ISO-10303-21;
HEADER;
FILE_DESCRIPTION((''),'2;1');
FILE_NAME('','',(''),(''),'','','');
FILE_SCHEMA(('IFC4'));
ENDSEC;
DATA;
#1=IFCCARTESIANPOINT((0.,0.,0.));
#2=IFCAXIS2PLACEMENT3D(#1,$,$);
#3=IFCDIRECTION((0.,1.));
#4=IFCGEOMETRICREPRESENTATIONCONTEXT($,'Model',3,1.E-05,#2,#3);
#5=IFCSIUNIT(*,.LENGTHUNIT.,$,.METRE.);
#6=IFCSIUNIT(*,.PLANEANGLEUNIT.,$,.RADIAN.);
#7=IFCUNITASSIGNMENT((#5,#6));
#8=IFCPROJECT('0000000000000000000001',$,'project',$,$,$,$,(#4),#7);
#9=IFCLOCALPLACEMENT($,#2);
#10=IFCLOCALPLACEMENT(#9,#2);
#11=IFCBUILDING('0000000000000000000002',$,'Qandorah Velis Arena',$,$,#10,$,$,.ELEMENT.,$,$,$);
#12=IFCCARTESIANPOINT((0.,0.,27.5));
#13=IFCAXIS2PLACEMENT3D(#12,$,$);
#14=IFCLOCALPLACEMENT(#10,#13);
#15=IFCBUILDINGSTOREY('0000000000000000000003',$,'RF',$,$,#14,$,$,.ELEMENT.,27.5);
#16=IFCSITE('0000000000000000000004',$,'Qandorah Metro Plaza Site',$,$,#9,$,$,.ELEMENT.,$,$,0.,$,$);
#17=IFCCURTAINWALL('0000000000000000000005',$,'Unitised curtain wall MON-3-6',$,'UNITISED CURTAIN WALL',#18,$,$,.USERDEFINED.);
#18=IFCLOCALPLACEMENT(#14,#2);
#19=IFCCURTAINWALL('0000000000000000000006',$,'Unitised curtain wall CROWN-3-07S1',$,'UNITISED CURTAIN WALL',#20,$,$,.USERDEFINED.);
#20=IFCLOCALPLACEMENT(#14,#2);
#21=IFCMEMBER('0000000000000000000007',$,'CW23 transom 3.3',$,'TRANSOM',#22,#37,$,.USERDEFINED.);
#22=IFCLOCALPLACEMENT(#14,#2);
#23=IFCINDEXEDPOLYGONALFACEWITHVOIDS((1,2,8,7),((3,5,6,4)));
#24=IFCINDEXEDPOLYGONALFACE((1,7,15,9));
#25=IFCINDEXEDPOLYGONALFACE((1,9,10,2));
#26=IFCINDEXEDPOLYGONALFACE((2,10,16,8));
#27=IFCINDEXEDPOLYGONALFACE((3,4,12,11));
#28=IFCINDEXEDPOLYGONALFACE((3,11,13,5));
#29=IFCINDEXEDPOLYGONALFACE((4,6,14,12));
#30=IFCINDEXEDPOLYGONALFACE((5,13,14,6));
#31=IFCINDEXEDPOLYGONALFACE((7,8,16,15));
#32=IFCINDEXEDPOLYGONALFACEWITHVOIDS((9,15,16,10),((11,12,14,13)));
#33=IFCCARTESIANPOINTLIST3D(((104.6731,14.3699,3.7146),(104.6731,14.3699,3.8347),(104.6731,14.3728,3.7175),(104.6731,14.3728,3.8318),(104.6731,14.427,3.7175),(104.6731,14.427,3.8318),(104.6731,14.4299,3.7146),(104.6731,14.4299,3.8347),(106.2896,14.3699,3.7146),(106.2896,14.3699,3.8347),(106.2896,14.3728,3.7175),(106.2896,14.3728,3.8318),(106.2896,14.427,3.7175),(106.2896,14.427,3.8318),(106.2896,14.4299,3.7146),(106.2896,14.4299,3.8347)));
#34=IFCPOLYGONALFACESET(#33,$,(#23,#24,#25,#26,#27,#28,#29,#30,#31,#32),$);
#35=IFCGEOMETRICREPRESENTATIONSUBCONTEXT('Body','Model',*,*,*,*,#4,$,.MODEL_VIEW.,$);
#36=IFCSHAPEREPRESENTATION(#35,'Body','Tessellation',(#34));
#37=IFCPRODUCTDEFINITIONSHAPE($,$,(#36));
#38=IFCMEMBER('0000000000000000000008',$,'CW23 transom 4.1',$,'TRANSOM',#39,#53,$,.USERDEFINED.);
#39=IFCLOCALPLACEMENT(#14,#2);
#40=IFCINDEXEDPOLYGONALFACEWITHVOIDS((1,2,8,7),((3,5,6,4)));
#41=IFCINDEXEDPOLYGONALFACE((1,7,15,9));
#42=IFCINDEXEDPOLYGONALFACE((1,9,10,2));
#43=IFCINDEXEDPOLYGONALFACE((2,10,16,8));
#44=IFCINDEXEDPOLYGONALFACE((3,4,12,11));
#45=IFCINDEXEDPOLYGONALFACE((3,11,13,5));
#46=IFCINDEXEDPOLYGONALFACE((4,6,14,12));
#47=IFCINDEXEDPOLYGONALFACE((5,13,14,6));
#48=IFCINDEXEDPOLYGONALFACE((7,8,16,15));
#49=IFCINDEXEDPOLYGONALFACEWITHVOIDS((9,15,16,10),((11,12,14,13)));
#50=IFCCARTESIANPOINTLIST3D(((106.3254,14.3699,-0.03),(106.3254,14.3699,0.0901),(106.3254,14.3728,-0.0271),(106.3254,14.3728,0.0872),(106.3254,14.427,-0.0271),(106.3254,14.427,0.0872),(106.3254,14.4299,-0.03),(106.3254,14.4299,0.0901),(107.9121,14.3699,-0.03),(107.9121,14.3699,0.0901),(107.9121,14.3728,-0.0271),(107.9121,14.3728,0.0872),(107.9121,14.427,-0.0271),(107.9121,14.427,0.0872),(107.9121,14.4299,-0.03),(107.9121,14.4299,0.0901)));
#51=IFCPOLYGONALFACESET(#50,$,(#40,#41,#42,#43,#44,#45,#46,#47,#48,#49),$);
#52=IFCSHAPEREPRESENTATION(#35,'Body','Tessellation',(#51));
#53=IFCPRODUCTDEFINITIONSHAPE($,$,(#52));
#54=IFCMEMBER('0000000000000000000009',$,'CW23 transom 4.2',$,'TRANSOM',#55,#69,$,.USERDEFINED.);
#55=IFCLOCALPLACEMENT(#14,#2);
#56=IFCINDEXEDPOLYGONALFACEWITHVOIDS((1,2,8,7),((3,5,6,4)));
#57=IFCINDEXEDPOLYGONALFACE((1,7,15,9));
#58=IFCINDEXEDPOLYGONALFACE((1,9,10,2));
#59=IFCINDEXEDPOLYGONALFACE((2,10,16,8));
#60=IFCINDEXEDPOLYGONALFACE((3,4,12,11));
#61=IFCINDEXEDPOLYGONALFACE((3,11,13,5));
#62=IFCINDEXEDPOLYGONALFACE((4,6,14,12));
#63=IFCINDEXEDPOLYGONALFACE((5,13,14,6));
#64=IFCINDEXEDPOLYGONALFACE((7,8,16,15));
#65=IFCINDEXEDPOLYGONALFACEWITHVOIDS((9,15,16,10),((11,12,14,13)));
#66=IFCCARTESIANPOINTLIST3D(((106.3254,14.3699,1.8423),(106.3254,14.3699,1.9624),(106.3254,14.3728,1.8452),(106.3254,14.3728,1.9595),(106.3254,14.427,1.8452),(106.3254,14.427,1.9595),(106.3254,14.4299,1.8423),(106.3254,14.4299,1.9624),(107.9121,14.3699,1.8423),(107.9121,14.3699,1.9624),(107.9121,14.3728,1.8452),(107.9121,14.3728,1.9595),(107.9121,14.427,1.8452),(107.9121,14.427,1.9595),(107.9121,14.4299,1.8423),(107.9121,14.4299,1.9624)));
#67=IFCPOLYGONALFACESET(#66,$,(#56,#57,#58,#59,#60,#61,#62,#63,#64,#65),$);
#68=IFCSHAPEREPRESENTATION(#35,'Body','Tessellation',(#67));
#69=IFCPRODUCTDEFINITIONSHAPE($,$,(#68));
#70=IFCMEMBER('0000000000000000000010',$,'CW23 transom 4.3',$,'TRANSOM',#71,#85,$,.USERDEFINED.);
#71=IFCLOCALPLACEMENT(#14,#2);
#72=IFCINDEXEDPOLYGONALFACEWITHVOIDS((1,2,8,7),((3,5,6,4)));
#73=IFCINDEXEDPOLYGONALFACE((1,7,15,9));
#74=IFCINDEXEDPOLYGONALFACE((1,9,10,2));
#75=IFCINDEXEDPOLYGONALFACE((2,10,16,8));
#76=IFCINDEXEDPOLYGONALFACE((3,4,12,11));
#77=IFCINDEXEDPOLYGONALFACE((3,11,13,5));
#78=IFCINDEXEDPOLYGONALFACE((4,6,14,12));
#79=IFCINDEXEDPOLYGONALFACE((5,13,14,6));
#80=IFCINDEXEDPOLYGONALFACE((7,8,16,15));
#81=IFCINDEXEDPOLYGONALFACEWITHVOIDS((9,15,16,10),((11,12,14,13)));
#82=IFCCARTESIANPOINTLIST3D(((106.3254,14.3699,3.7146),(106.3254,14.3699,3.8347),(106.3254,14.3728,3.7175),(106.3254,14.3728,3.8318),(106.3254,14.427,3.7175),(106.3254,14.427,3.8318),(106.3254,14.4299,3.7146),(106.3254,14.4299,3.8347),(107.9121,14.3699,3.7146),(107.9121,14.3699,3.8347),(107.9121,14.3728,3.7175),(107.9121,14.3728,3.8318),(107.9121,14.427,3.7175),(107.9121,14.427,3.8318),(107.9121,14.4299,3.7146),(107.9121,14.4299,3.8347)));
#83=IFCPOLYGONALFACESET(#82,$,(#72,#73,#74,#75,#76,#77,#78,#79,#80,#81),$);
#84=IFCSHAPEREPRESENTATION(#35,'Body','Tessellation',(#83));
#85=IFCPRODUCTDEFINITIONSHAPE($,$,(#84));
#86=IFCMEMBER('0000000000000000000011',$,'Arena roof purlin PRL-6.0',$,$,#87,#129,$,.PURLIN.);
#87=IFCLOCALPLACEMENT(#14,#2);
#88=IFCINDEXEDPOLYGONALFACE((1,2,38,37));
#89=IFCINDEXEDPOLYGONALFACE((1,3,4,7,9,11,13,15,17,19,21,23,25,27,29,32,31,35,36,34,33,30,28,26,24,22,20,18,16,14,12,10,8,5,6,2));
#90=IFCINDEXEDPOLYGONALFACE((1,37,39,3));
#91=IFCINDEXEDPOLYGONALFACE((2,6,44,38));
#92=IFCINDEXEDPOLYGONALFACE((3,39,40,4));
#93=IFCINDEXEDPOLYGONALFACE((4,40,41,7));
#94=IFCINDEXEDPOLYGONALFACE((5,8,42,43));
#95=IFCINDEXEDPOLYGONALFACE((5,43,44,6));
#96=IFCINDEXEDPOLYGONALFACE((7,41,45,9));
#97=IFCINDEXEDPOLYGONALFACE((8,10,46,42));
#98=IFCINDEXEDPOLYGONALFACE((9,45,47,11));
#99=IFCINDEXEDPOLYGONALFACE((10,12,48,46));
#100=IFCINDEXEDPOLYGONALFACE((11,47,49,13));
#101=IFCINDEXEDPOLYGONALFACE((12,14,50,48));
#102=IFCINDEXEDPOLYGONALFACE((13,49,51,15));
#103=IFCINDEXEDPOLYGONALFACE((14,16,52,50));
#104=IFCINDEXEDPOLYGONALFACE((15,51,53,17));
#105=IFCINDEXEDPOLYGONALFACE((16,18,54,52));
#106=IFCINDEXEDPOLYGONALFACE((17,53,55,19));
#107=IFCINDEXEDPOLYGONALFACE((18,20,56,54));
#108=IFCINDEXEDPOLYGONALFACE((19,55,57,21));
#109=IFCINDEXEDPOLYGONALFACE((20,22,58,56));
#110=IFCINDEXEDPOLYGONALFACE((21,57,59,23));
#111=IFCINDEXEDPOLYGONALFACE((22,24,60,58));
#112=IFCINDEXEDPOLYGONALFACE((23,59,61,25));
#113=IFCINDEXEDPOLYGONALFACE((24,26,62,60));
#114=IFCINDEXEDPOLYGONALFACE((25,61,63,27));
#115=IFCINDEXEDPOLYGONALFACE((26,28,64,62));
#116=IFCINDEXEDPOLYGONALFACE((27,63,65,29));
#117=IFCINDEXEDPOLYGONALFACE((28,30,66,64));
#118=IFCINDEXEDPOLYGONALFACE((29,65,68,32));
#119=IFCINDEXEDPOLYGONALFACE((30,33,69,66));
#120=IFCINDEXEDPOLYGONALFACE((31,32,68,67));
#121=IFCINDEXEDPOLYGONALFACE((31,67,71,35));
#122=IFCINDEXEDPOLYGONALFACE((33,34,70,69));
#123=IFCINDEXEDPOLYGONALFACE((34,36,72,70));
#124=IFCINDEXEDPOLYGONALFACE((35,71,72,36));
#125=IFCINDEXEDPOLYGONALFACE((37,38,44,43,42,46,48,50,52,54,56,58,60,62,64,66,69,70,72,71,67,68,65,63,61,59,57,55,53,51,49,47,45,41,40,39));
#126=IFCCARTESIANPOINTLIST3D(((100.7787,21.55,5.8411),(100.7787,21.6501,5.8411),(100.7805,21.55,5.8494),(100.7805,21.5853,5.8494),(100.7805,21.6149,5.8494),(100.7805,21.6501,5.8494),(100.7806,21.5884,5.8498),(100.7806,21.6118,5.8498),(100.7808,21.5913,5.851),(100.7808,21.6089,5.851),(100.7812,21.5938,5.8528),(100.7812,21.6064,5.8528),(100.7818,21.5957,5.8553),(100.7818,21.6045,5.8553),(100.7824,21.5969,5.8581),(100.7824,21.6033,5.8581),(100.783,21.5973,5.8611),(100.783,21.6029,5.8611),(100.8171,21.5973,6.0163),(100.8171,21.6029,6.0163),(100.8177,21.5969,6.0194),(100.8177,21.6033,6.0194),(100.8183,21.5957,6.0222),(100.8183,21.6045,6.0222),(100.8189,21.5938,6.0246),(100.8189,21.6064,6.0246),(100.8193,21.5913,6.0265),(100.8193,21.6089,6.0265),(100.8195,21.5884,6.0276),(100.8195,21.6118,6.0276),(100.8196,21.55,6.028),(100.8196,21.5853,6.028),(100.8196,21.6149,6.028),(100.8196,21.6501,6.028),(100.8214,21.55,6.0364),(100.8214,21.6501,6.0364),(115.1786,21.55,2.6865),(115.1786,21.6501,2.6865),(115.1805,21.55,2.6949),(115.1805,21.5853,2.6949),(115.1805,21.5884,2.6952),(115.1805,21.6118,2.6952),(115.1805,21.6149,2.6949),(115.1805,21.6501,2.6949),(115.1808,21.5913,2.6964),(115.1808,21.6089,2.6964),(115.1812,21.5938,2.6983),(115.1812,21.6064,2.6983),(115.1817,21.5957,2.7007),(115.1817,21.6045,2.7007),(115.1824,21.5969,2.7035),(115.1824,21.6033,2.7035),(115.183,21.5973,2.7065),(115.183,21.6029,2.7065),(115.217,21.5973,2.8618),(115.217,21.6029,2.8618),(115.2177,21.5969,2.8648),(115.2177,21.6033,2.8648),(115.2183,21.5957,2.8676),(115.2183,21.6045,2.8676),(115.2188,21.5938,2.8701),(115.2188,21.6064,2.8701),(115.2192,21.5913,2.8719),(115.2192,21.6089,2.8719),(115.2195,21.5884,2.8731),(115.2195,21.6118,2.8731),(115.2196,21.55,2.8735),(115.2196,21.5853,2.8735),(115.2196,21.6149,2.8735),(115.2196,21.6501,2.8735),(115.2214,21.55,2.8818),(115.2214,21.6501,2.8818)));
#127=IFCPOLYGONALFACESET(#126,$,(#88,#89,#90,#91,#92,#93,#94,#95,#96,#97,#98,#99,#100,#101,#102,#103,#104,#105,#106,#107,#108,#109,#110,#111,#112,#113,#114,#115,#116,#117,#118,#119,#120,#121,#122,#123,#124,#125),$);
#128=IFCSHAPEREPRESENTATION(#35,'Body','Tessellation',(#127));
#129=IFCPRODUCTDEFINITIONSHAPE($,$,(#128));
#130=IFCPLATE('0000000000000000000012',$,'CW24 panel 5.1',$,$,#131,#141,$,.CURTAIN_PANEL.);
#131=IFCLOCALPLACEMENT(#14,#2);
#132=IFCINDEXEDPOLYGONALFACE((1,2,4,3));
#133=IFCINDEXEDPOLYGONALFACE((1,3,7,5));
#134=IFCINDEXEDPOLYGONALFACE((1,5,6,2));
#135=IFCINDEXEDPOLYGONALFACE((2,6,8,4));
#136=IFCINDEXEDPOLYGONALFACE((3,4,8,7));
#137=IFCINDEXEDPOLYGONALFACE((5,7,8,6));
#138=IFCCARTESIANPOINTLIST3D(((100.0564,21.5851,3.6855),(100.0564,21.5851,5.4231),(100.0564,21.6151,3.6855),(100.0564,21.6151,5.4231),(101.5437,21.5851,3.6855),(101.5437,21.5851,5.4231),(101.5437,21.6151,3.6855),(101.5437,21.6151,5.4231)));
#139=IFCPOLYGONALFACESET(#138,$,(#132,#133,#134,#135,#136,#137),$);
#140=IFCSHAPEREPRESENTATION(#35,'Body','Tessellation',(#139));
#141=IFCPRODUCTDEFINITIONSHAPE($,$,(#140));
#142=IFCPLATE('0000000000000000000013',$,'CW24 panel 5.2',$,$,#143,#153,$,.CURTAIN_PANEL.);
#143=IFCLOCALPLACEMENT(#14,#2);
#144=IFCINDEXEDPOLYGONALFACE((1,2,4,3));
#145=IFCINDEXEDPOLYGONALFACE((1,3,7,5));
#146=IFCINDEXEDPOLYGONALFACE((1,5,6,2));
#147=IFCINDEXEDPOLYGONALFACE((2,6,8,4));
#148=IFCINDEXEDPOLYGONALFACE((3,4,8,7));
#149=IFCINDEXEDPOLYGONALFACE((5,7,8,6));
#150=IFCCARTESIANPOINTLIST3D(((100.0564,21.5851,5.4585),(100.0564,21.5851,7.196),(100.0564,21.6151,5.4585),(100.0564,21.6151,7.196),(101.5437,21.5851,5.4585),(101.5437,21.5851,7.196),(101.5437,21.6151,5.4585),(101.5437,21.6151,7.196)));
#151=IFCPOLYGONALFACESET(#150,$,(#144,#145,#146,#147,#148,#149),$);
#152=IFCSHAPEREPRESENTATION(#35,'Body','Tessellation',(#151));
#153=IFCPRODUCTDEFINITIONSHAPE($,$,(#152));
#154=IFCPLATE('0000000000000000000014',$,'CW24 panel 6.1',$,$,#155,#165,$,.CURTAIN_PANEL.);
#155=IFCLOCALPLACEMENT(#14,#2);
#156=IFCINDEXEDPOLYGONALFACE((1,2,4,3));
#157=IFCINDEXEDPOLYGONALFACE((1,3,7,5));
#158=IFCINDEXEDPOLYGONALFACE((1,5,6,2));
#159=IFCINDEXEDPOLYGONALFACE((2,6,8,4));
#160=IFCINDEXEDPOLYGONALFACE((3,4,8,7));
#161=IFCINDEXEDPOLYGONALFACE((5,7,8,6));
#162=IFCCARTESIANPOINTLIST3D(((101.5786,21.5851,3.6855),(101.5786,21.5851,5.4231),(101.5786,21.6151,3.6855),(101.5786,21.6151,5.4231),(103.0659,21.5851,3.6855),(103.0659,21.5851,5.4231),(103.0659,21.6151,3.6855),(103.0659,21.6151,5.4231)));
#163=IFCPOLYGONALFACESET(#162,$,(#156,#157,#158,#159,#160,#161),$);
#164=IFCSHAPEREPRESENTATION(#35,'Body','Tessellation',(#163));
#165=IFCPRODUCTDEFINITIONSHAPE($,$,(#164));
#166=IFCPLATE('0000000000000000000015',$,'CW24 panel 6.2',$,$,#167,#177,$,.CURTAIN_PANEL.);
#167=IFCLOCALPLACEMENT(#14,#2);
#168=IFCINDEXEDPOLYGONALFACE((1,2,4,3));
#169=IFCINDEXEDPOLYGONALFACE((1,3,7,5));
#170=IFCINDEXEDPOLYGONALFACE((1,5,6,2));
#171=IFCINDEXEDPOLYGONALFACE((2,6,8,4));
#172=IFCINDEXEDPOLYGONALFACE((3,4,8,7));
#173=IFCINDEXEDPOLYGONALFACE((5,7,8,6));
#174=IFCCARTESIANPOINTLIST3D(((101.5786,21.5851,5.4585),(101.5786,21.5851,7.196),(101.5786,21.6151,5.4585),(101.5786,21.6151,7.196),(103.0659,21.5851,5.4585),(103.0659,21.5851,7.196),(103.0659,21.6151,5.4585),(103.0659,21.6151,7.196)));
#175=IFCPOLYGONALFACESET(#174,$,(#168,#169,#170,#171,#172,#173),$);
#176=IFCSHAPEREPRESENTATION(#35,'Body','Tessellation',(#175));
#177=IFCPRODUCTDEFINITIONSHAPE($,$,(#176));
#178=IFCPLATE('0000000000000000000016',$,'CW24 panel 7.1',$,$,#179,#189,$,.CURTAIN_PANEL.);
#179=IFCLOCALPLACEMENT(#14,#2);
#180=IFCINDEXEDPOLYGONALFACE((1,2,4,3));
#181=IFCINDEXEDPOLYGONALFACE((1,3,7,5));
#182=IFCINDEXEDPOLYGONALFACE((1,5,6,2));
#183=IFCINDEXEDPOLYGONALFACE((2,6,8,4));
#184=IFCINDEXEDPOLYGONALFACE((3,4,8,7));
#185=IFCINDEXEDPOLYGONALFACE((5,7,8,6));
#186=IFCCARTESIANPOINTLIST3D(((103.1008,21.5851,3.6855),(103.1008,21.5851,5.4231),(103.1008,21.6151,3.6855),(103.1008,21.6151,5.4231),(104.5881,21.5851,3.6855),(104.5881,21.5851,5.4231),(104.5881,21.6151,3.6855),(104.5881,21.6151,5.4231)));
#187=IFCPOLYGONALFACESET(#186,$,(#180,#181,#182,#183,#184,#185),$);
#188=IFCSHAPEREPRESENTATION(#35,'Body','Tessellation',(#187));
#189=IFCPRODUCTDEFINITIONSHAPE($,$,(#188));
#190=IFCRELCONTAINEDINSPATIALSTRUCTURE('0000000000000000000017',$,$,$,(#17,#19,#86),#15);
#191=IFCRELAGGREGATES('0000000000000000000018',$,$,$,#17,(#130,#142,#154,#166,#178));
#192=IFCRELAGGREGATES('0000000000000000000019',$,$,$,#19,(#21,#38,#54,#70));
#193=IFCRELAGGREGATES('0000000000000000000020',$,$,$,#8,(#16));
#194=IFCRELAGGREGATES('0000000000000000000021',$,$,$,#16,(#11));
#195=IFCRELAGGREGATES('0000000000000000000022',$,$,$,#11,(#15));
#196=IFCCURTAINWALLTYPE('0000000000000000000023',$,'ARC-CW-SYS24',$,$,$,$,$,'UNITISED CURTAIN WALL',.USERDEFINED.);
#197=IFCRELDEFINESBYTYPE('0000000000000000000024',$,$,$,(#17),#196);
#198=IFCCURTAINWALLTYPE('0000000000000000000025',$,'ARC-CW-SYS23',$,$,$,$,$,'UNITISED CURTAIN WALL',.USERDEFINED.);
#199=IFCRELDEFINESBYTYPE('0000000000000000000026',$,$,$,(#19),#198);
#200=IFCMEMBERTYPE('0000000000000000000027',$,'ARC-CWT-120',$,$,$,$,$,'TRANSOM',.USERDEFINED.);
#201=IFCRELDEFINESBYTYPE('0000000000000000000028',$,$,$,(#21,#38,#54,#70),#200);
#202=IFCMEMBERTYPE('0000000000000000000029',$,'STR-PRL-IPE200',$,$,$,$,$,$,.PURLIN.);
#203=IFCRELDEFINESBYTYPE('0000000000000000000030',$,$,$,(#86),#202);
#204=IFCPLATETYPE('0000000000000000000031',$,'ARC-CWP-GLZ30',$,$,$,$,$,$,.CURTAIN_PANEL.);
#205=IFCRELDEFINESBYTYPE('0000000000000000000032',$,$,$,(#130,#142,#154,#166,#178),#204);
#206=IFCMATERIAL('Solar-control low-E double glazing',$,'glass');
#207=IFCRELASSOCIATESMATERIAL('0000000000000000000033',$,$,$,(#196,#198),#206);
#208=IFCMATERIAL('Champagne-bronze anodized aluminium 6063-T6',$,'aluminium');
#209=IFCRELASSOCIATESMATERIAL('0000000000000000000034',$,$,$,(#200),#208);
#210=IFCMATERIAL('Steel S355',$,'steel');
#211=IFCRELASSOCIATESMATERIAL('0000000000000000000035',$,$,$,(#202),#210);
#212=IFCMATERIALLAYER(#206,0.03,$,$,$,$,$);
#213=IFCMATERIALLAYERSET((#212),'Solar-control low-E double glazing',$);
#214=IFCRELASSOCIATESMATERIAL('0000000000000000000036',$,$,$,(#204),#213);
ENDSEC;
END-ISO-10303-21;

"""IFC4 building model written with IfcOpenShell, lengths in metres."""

from ifc_helpers import new_model, si_unit, direction, frame, origin, origin_2d, place, context, subcontext, project, spatial, rectangle, hollow_rectangle, i_section, extrude, material, layer, layer_set, material_profile, profile_set, type_object, element, aggregate, save


model = new_model("IFC4")

# Units and contexts
model_context = context("Model", 3, precision=1e-05, world=origin(), true_north=direction((0.0, 1.0)))
body_context = subcontext(model_context, "Body", "Model", "MODEL_VIEW")
ifc_project = project(units=[si_unit("LENGTHUNIT", "METRE"), si_unit("PLANEANGLEUNIT", "RADIAN")], contexts=[model_context])

# Site, building, storey
site_placement = place(None, origin())
site = spatial("IfcSite", under=ifc_project, at=site_placement, Name="Qandorah Metro Plaza Site", CompositionType="ELEMENT", RefElevation=0.0)
building_placement = place(site_placement, origin())
building = spatial("IfcBuilding", under=site, at=building_placement, Name="Qandorah Velis Arena", CompositionType="ELEMENT")
storey_placement = place(building_placement, frame((0.0, 0.0, 27.5)))
storey = spatial("IfcBuildingStorey", under=building, at=storey_placement, Name="RF", CompositionType="ELEMENT", Elevation=27.5)

# Curtain walls
ifc_material_1 = material(Name="Solar-control low-E double glazing", Category="glass")
curtain_wall_type_1 = type_object("IfcCurtainWallType", Name="ARC-CW-SYS24", ElementType="UNITISED CURTAIN WALL", PredefinedType="USERDEFINED", material=ifc_material_1)
curtain_wall_1_placement = place(storey_placement, origin())
curtain_wall_1 = element("IfcCurtainWall", 1, at=curtain_wall_1_placement, inside=storey, type_object=curtain_wall_type_1, Name="Unitised curtain wall MON-3-6", ObjectType="UNITISED CURTAIN WALL", PredefinedType="USERDEFINED")
ifc_material_2 = material(Name="Champagne-bronze anodized aluminium 6063-T6", Category="aluminium")
curtain_wall_type_2 = type_object("IfcCurtainWallType", Name="ARC-CW-SYS23", ElementType="UNITISED CURTAIN WALL", PredefinedType="USERDEFINED", material=ifc_material_1)
curtain_wall_2_placement = place(storey_placement, origin())
curtain_wall_2 = element("IfcCurtainWall", 2, at=curtain_wall_2_placement, inside=storey, type_object=curtain_wall_type_2, Name="Unitised curtain wall CROWN-3-07S1", ObjectType="UNITISED CURTAIN WALL", PredefinedType="USERDEFINED")

# Members
ifc_material_profile_1 = material_profile(ifc_material_2, hollow_rectangle(XDim=0.0601, YDim=0.1201, WallThickness=0.0029, at=origin_2d()), Name="ALU TRANSOM 60x120")
ifc_profile_set_1 = profile_set([ifc_material_profile_1], Name="Champagne-bronze anodized aluminium 6063-T6")
member_type_1 = type_object("IfcMemberType", Name="ARC-CWT-120", ElementType="TRANSOM", PredefinedType="USERDEFINED", material=ifc_profile_set_1)
member_1_placement = place(storey_placement, frame((104.6731, 14.3999, 3.7747), z_axis=(1.0, 0.0, 0.0), x_axis=(0.0, 1.0, 0.0)))
member_1 = element("IfcMember", 3, at=member_1_placement, type_object=member_type_1, Name="CW23 transom 3.3", ObjectType="TRANSOM", PredefinedType="USERDEFINED", context=body_context, shape_type="SweptSolid", body=[
    extrude(hollow_rectangle(XDim=0.0601, YDim=0.1201, WallThickness=0.0029, at=origin_2d()), origin(), (0.0, 0.0, 1.0), 1.6165),
])
member_2_placement = place(storey_placement, frame((106.3254, 14.3999, 0.03), z_axis=(1.0, 0.0, 0.0), x_axis=(0.0, 1.0, 0.0)))
member_2 = element("IfcMember", 4, at=member_2_placement, type_object=member_type_1, Name="CW23 transom 4.1", ObjectType="TRANSOM", PredefinedType="USERDEFINED", context=body_context, shape_type="SweptSolid", body=[
    extrude(hollow_rectangle(XDim=0.0601, YDim=0.1201, WallThickness=0.0029, at=origin_2d()), origin(), (0.0, 0.0, 1.0), 1.5867),
])
member_3_placement = place(storey_placement, frame((106.3254, 14.3999, 1.9023), z_axis=(1.0, 0.0, 0.0), x_axis=(0.0, 1.0, 0.0)))
member_3 = element("IfcMember", 5, at=member_3_placement, type_object=member_type_1, Name="CW23 transom 4.2", ObjectType="TRANSOM", PredefinedType="USERDEFINED", context=body_context, shape_type="SweptSolid", body=[
    extrude(hollow_rectangle(XDim=0.0601, YDim=0.1201, WallThickness=0.0029, at=origin_2d()), origin(), (0.0, 0.0, 1.0), 1.5867),
])
member_4_placement = place(storey_placement, frame((106.3254, 14.3999, 3.7747), z_axis=(1.0, 0.0, 0.0), x_axis=(0.0, 1.0, 0.0)))
member_4 = element("IfcMember", 6, at=member_4_placement, type_object=member_type_1, Name="CW23 transom 4.3", ObjectType="TRANSOM", PredefinedType="USERDEFINED", context=body_context, shape_type="SweptSolid", body=[
    extrude(hollow_rectangle(XDim=0.0601, YDim=0.1201, WallThickness=0.0029, at=origin_2d()), origin(), (0.0, 0.0, 1.0), 1.5867),
])
ifc_material_3 = material(Name="Steel S355", Category="steel")
ifc_material_profile_2 = material_profile(ifc_material_3, i_section(OverallWidth=0.1001, OverallDepth=0.2, WebThickness=0.0056, FlangeThickness=0.0085, FilletRadius=0.012, at=origin_2d()), Name="IPE 200")
ifc_profile_set_2 = profile_set([ifc_material_profile_2], Name="Steel S355")
member_type_2 = type_object("IfcMemberType", Name="STR-PRL-IPE200", PredefinedType="PURLIN", material=ifc_profile_set_2)
member_5_placement = place(storey_placement, frame((100.8, 21.6001, 5.9387), z_axis=(0.976835, 0.0, -0.213992), x_axis=(0.0, 1.0, 0.0)))
element("IfcMember", 7, at=member_5_placement, inside=storey, type_object=member_type_2, Name="Arena roof purlin PRL-6.0", PredefinedType="PURLIN", context=body_context, shape_type="SweptSolid", body=[
    extrude(i_section(OverallWidth=0.1001, OverallDepth=0.2, WebThickness=0.0056, FlangeThickness=0.0085, FilletRadius=0.012, at=origin_2d()), origin(), (0.0, 0.0, 1.0), 14.7415),
])

# Plates
ifc_layer_1 = layer(ifc_material_1, 0.03)
ifc_layer_set_1 = layer_set([ifc_layer_1], Name="Solar-control low-E double glazing")
plate_type_1 = type_object("IfcPlateType", Name="ARC-CWP-GLZ30", PredefinedType="CURTAIN_PANEL", material=ifc_layer_set_1)
plate_1_placement = place(storey_placement, frame((100.8, 21.6001, 3.6855), z_axis=(0.0, 0.0, 1.0), x_axis=(1.0, 0.0, 0.0)))
plate_1 = element("IfcPlate", 8, at=plate_1_placement, type_object=plate_type_1, Name="CW24 panel 5.1", PredefinedType="CURTAIN_PANEL", context=body_context, shape_type="SweptSolid", body=[
    extrude(rectangle(XDim=1.4873, YDim=0.03, at=origin_2d()), origin(), (0.0, 0.0, 1.0), 1.7375),
])
plate_2_placement = place(storey_placement, frame((100.8, 21.6001, 5.4585), z_axis=(0.0, 0.0, 1.0), x_axis=(1.0, 0.0, 0.0)))
plate_2 = element("IfcPlate", 9, at=plate_2_placement, type_object=plate_type_1, Name="CW24 panel 5.2", PredefinedType="CURTAIN_PANEL", context=body_context, shape_type="SweptSolid", body=[
    extrude(rectangle(XDim=1.4873, YDim=0.03, at=origin_2d()), origin(), (0.0, 0.0, 1.0), 1.7375),
])
plate_3_placement = place(storey_placement, frame((102.3223, 21.6001, 3.6855), z_axis=(0.0, 0.0, 1.0), x_axis=(1.0, 0.0, 0.0)))
plate_3 = element("IfcPlate", 10, at=plate_3_placement, type_object=plate_type_1, Name="CW24 panel 6.1", PredefinedType="CURTAIN_PANEL", context=body_context, shape_type="SweptSolid", body=[
    extrude(rectangle(XDim=1.4873, YDim=0.03, at=origin_2d()), origin(), (0.0, 0.0, 1.0), 1.7375),
])
plate_4_placement = place(storey_placement, frame((102.3223, 21.6001, 5.4585), z_axis=(0.0, 0.0, 1.0), x_axis=(1.0, 0.0, 0.0)))
plate_4 = element("IfcPlate", 11, at=plate_4_placement, type_object=plate_type_1, Name="CW24 panel 6.2", PredefinedType="CURTAIN_PANEL", context=body_context, shape_type="SweptSolid", body=[
    extrude(rectangle(XDim=1.4873, YDim=0.03, at=origin_2d()), origin(), (0.0, 0.0, 1.0), 1.7375),
])
plate_5_placement = place(storey_placement, frame((103.8445, 21.6001, 3.6855), z_axis=(0.0, 0.0, 1.0), x_axis=(1.0, 0.0, 0.0)))
plate_5 = element("IfcPlate", 12, at=plate_5_placement, type_object=plate_type_1, Name="CW24 panel 7.1", PredefinedType="CURTAIN_PANEL", context=body_context, shape_type="SweptSolid", body=[
    extrude(rectangle(XDim=1.4873, YDim=0.03, at=origin_2d()), origin(), (0.0, 0.0, 1.0), 1.7375),
])
aggregate(curtain_wall_1, [plate_1, plate_2, plate_3, plate_4, plate_5])
aggregate(curtain_wall_2, [member_1, member_2, member_3, member_4])

save(model, "model.ifc")
